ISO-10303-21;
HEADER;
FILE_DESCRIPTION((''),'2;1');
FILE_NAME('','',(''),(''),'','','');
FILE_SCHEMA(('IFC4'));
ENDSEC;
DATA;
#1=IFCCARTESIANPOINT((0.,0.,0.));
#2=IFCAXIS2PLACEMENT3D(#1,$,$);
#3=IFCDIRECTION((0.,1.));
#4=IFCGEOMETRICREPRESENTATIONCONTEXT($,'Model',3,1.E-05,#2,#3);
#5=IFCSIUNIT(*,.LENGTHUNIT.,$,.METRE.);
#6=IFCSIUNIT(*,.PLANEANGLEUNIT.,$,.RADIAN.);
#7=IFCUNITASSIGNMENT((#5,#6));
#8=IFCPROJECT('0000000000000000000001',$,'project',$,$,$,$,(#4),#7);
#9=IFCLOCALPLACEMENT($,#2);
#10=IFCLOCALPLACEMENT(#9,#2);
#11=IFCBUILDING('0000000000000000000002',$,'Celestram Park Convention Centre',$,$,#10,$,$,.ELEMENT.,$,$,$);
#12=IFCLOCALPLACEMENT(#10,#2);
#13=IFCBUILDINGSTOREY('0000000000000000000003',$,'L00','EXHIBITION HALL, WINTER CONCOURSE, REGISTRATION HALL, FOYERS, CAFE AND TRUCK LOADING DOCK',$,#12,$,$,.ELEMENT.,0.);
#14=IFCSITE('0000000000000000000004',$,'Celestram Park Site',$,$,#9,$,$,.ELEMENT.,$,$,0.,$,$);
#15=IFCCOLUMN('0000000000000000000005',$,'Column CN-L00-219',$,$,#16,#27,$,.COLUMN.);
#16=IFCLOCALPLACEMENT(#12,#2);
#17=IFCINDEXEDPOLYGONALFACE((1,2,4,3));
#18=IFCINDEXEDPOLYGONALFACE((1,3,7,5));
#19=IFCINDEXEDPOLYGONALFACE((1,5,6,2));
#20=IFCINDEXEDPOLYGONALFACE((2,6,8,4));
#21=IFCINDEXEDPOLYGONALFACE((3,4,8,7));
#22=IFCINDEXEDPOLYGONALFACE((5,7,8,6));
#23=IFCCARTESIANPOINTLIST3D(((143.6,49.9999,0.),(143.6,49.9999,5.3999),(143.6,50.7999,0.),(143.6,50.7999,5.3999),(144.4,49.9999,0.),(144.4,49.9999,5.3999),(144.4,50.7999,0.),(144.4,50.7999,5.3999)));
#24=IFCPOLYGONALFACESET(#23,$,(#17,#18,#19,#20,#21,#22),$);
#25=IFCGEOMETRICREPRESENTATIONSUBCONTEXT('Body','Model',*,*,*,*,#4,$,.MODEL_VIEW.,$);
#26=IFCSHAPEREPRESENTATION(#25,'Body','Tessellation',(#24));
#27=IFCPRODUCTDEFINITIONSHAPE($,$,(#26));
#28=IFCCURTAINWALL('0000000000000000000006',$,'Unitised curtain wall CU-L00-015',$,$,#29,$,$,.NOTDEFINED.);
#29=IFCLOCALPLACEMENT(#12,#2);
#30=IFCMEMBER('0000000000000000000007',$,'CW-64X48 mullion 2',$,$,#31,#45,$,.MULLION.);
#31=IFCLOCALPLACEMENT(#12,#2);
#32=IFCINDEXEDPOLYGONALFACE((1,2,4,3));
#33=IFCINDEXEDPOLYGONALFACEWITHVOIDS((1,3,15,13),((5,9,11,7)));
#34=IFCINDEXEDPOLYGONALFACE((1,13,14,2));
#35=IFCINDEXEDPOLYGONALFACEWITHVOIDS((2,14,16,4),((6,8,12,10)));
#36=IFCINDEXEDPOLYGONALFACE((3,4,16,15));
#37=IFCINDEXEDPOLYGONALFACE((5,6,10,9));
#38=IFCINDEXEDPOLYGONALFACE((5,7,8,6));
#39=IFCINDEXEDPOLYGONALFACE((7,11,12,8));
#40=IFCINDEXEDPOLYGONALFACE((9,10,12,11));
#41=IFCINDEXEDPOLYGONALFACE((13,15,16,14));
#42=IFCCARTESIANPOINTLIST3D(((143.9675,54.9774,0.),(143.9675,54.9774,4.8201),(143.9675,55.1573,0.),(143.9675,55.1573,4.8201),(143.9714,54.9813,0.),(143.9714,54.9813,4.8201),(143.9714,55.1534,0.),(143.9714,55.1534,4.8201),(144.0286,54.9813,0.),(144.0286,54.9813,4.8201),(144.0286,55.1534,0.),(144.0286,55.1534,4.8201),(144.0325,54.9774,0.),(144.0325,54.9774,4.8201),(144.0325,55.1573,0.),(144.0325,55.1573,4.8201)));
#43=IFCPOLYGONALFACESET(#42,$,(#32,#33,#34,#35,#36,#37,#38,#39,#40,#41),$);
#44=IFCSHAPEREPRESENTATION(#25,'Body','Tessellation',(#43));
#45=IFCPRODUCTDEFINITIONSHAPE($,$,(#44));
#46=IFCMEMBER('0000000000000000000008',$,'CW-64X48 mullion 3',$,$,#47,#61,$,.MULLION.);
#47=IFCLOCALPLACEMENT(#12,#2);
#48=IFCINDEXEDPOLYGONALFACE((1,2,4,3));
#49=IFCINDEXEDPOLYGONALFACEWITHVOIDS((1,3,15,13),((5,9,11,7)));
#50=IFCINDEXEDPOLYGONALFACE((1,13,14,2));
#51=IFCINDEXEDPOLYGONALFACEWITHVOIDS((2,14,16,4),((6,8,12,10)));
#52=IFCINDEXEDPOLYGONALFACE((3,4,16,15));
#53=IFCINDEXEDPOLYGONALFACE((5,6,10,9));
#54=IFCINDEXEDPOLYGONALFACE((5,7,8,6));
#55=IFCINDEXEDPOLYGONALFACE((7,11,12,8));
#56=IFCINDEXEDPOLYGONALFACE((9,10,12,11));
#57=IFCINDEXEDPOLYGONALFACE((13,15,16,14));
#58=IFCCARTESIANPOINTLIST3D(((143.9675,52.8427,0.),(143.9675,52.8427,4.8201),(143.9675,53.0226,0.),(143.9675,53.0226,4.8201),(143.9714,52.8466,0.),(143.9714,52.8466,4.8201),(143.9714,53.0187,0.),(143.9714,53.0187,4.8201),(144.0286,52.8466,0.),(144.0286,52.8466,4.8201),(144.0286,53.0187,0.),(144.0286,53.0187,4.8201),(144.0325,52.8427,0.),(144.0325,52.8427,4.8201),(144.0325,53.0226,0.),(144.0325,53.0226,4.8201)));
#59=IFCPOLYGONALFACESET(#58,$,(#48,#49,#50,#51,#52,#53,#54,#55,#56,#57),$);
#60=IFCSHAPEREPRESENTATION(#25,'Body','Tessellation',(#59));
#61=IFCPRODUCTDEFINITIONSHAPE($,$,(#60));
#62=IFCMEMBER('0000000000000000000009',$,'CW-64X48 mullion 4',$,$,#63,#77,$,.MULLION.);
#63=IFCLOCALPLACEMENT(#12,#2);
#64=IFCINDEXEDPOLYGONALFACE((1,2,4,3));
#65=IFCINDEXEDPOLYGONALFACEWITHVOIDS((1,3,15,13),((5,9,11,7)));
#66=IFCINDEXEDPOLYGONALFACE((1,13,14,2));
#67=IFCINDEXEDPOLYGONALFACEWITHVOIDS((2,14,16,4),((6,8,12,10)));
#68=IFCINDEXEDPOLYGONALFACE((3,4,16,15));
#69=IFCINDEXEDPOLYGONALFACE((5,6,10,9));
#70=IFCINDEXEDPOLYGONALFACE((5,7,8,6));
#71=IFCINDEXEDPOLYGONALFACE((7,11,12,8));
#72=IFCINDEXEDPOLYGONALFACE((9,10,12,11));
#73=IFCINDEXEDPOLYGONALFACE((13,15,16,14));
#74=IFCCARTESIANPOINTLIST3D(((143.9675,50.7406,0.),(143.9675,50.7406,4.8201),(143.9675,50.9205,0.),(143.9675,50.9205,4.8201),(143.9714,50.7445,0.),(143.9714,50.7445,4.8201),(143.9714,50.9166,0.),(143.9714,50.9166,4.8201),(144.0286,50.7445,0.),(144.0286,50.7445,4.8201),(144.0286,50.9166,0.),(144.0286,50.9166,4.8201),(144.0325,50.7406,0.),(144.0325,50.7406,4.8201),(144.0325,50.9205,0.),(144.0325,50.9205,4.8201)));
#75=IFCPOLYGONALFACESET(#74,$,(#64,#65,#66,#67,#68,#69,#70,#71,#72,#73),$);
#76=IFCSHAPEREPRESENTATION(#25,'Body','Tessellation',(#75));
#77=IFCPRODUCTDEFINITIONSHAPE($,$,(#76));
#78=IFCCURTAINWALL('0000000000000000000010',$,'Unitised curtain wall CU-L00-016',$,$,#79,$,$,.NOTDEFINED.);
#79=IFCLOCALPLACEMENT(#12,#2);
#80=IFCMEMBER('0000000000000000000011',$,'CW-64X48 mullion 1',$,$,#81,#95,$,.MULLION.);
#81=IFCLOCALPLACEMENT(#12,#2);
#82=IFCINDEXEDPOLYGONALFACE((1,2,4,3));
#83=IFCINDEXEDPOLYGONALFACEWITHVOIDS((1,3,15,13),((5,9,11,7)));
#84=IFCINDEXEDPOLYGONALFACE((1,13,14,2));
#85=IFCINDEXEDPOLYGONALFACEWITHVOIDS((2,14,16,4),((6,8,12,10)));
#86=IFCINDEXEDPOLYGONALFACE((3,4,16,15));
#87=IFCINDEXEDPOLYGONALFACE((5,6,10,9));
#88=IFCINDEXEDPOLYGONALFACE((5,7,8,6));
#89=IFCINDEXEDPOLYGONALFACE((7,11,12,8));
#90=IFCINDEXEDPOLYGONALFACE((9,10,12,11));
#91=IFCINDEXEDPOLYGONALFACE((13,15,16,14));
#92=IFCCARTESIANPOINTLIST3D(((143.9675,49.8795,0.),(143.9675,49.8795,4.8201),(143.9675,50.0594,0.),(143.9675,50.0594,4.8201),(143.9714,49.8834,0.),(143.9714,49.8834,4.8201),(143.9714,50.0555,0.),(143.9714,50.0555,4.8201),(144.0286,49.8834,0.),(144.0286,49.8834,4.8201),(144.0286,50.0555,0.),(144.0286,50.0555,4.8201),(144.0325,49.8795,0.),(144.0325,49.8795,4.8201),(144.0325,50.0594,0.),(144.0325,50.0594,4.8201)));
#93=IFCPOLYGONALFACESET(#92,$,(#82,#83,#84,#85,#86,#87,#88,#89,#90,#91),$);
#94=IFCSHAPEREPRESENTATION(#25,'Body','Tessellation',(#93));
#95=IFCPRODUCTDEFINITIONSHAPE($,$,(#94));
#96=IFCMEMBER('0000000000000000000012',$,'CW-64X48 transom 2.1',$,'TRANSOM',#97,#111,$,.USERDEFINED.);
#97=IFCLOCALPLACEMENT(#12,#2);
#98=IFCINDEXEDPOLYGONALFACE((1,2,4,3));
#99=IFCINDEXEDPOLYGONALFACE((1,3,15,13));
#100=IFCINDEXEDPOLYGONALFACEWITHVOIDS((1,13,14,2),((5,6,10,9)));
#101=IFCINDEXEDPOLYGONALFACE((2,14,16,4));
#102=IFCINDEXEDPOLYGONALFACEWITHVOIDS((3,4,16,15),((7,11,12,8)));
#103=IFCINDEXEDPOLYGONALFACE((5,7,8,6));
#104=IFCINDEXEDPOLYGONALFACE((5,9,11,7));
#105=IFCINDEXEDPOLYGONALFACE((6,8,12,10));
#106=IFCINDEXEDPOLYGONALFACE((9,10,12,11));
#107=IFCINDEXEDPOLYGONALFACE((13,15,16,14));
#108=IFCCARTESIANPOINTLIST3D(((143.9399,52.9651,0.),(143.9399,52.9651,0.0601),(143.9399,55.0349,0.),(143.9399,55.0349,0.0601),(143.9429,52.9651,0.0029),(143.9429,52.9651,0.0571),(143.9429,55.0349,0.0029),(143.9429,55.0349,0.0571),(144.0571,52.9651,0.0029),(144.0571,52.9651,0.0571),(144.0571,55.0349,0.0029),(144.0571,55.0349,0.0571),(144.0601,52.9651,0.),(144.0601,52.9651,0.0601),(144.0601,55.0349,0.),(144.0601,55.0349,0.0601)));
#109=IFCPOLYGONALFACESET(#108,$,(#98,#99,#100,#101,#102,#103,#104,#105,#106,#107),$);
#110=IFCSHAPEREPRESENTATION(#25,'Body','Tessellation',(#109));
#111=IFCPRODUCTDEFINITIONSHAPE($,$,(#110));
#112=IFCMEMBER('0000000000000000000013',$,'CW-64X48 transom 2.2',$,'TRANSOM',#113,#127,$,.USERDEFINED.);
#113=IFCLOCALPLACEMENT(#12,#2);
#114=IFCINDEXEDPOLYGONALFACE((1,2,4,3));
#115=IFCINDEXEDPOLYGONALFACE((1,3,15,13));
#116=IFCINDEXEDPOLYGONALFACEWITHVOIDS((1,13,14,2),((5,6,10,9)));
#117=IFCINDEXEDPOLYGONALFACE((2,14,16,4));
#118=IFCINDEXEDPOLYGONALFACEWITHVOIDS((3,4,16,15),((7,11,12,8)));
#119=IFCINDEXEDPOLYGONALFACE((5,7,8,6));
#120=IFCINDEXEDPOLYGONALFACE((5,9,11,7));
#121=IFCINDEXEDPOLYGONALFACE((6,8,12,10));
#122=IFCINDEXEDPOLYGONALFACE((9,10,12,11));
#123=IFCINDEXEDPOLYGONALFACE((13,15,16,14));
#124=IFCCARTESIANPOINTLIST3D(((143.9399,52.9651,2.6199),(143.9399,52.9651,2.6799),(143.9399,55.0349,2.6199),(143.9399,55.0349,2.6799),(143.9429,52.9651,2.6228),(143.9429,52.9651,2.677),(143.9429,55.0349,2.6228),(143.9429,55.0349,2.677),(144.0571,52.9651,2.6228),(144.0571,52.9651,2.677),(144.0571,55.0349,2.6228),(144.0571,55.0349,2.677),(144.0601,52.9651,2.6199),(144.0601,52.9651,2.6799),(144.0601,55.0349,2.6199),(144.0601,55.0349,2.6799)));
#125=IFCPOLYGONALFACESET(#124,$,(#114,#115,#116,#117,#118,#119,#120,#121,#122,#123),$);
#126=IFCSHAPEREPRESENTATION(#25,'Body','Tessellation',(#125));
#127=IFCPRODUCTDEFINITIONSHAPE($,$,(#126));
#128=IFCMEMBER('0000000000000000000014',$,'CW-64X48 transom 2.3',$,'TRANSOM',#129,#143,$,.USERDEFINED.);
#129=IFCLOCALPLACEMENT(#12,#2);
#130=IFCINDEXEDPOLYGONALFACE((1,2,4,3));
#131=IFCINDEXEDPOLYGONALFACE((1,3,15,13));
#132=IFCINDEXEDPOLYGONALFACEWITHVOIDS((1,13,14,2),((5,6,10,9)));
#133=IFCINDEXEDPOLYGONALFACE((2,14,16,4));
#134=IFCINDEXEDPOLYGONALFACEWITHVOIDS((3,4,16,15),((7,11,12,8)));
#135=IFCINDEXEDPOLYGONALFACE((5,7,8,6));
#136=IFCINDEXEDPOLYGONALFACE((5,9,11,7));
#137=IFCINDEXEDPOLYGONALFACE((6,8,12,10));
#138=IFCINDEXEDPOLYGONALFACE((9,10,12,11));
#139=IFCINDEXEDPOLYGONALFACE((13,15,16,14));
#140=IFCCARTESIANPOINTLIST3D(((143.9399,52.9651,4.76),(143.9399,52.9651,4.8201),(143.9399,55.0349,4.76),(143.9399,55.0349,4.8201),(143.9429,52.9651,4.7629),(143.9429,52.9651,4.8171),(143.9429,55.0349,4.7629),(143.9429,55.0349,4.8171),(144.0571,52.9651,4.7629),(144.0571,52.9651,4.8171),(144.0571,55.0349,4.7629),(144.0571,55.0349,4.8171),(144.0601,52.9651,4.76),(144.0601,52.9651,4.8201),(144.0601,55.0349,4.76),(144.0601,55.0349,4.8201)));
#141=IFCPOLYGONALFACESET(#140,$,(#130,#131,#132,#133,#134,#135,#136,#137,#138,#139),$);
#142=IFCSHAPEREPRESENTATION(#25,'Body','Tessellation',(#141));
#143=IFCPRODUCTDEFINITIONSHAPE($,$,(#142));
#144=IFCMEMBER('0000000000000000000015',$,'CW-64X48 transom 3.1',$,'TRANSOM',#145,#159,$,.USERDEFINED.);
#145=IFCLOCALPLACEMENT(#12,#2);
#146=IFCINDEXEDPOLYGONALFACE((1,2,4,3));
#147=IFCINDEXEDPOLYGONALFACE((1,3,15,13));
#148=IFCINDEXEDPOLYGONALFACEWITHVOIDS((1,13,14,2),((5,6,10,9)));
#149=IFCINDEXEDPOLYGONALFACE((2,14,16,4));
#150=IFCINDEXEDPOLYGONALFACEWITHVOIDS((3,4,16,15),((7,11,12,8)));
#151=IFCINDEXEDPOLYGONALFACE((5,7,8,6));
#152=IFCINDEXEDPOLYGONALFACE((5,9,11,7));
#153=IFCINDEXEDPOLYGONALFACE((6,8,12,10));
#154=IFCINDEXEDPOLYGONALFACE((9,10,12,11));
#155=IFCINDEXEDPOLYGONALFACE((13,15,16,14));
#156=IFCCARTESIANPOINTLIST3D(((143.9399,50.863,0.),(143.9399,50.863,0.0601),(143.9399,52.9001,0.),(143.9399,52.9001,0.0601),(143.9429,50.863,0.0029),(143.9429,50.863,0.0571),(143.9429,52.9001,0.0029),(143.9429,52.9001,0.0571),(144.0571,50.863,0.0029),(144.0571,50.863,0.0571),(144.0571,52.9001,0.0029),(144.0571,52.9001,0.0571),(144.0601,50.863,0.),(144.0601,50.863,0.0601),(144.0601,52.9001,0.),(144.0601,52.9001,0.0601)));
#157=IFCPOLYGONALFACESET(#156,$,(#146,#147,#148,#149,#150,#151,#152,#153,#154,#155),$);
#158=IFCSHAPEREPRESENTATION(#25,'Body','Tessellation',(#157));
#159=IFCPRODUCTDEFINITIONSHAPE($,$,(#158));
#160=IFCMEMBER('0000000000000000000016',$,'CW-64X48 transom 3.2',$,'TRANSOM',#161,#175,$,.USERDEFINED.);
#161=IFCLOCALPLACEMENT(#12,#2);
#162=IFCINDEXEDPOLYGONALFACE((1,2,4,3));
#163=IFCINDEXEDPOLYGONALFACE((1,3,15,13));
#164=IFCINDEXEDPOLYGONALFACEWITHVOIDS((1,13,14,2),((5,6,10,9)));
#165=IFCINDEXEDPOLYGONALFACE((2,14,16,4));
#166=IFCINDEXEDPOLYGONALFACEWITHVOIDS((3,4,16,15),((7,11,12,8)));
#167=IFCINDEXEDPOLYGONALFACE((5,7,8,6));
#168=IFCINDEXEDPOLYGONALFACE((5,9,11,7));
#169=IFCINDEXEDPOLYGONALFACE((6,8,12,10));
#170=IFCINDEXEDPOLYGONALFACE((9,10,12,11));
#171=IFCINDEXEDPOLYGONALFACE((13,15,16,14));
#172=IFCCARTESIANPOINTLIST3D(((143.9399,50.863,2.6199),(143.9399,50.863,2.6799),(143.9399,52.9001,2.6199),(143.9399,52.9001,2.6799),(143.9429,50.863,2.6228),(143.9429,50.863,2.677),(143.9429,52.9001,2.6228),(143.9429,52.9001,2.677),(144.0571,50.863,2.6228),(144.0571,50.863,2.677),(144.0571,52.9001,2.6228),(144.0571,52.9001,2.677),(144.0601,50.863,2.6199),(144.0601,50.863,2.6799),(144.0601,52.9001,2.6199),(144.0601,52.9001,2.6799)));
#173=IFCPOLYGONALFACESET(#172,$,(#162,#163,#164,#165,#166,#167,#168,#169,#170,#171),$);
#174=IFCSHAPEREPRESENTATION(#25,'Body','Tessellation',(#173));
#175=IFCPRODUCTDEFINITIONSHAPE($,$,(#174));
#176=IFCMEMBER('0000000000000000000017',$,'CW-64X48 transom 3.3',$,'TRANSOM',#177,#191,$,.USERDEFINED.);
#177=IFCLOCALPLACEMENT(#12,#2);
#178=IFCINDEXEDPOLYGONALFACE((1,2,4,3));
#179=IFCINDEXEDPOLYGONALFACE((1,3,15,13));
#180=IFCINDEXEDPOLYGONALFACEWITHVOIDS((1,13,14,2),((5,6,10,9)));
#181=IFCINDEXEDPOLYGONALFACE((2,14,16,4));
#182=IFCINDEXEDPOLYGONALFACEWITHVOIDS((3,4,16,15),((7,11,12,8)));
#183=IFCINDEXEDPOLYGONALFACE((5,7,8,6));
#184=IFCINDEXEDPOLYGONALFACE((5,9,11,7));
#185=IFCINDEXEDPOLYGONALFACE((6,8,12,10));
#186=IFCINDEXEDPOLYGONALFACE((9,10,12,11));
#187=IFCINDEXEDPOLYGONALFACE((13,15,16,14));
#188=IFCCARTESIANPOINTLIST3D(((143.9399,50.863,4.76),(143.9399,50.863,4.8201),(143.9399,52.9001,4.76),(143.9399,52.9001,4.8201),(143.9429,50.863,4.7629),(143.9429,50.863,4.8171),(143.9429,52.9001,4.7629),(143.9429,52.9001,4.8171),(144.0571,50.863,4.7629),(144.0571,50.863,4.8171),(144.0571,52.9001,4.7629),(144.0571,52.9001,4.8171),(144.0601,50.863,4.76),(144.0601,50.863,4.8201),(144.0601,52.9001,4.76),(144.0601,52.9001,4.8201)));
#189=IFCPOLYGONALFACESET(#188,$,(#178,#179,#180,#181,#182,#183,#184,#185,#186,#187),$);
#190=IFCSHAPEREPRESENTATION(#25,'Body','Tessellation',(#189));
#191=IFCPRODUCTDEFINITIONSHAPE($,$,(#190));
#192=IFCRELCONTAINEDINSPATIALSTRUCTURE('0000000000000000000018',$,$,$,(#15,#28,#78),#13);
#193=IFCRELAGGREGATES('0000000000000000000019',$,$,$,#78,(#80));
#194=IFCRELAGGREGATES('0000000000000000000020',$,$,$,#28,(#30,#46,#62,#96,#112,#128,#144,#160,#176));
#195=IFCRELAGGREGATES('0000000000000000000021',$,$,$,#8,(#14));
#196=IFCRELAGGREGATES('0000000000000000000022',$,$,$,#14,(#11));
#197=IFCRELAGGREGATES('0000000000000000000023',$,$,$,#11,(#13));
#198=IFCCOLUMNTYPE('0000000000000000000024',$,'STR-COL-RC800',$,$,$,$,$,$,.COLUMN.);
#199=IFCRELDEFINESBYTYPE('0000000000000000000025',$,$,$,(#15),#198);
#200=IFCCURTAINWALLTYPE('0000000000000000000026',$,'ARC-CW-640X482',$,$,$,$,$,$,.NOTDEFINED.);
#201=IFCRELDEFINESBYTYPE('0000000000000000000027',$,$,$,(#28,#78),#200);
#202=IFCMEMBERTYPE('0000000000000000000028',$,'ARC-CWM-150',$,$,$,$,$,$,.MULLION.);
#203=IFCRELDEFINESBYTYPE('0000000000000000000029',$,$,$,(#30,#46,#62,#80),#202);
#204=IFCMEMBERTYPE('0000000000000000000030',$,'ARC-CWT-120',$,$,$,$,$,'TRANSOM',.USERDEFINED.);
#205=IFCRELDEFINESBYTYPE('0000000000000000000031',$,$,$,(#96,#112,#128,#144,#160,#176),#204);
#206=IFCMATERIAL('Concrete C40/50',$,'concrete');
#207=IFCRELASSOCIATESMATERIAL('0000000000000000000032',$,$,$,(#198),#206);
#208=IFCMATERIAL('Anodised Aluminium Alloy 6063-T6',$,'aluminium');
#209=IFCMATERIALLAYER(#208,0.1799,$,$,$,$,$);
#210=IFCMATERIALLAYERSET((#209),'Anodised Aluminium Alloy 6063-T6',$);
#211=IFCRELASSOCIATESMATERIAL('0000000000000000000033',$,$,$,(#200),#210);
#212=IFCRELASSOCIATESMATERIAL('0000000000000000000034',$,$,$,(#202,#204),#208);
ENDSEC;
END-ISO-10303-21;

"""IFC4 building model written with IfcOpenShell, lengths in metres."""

from ifc_helpers import new_model, si_unit, direction, frame, origin, origin_2d, place, context, subcontext, project, spatial, rectangle, hollow_rectangle, extrude, material, layer, layer_set, material_profile, profile_set, type_object, element, aggregate, save


model = new_model("IFC4")

# Units and contexts
model_context = context("Model", 3, precision=1e-05, world=origin(), true_north=direction((0.0, 1.0)))
body_context = subcontext(model_context, "Body", "Model", "MODEL_VIEW")
ifc_project = project(units=[si_unit("LENGTHUNIT", "METRE"), si_unit("PLANEANGLEUNIT", "RADIAN")], contexts=[model_context])

# Site, building, storey
site_placement = place(None, origin())
site = spatial("IfcSite", under=ifc_project, at=site_placement, Name="Celestram Park Site", CompositionType="ELEMENT", RefElevation=0.0)
building_placement = place(site_placement, origin())
building = spatial("IfcBuilding", under=site, at=building_placement, Name="Celestram Park Convention Centre", CompositionType="ELEMENT")
storey_placement = place(building_placement, origin())
storey = spatial("IfcBuildingStorey", under=building, at=storey_placement, Name="L00", Description="EXHIBITION HALL, WINTER CONCOURSE, REGISTRATION HALL, FOYERS, CAFE AND TRUCK LOADING DOCK", CompositionType="ELEMENT", Elevation=0.0)

# Column
ifc_material_1 = material(Name="Concrete C40/50", Category="concrete")
ifc_material_profile_1 = material_profile(ifc_material_1, rectangle(XDim=0.8, YDim=0.8, at=origin_2d()), Name="RC800X800")
ifc_profile_set_1 = profile_set([ifc_material_profile_1], Name="Concrete C40/50")
column_type = type_object("IfcColumnType", Name="STR-COL-RC800", PredefinedType="COLUMN", material=ifc_profile_set_1)
column_placement = place(storey_placement, frame((144.0, 50.3999, 0.0), z_axis=(0.0, 0.0, 1.0), x_axis=(1.0, 0.0, 0.0)))
element("IfcColumn", 1, at=column_placement, inside=storey, type_object=column_type, Name="Column CN-L00-219", PredefinedType="COLUMN", context=body_context, shape_type="SweptSolid", body=[
    extrude(rectangle(XDim=0.8, YDim=0.8, at=origin_2d()), origin(), (0.0, 0.0, 1.0), 5.3999),
])

# Curtain wall, members
ifc_material_2 = material(Name="Anodised Aluminium Alloy 6063-T6", Category="aluminium")
ifc_layer_1 = layer(ifc_material_2, 0.1799)
ifc_layer_set_1 = layer_set([ifc_layer_1], Name="Anodised Aluminium Alloy 6063-T6")
curtain_wall_type = type_object("IfcCurtainWallType", Name="ARC-CW-640X482", PredefinedType="NOTDEFINED", material=ifc_layer_set_1)
curtain_wall_1_placement = place(storey_placement, origin())
curtain_wall_1 = element("IfcCurtainWall", 2, at=curtain_wall_1_placement, inside=storey, type_object=curtain_wall_type, Name="Unitised curtain wall CU-L00-015", PredefinedType="NOTDEFINED")
ifc_material_profile_2 = material_profile(ifc_material_2, hollow_rectangle(XDim=0.0649, YDim=0.1799, WallThickness=0.0039, at=origin_2d()), Name="ALU65X180X4")
ifc_profile_set_2 = profile_set([ifc_material_profile_2], Name="Anodised Aluminium Alloy 6063-T6")
member_type_1 = type_object("IfcMemberType", Name="ARC-CWM-150", PredefinedType="MULLION", material=ifc_profile_set_2)
member_1_placement = place(storey_placement, frame((144.0, 55.0674, 0.0), z_axis=(0.0, 0.0, 1.0), x_axis=(1.0, 0.0, 0.0)))
member_1 = element("IfcMember", 3, at=member_1_placement, type_object=member_type_1, Name="CW-64X48 mullion 2", PredefinedType="MULLION", context=body_context, shape_type="SweptSolid", body=[
    extrude(hollow_rectangle(XDim=0.0649, YDim=0.1799, WallThickness=0.0039, at=origin_2d()), origin(), (0.0, 0.0, 1.0), 4.8201),
])
member_2_placement = place(storey_placement, frame((144.0, 52.9326, 0.0), z_axis=(0.0, 0.0, 1.0), x_axis=(1.0, 0.0, 0.0)))
member_2 = element("IfcMember", 4, at=member_2_placement, type_object=member_type_1, Name="CW-64X48 mullion 3", PredefinedType="MULLION", context=body_context, shape_type="SweptSolid", body=[
    extrude(hollow_rectangle(XDim=0.0649, YDim=0.1799, WallThickness=0.0039, at=origin_2d()), origin(), (0.0, 0.0, 1.0), 4.8201),
])
member_3_placement = place(storey_placement, frame((144.0, 50.8306, 0.0), z_axis=(0.0, 0.0, 1.0), x_axis=(1.0, 0.0, 0.0)))
member_3 = element("IfcMember", 5, at=member_3_placement, type_object=member_type_1, Name="CW-64X48 mullion 4", PredefinedType="MULLION", context=body_context, shape_type="SweptSolid", body=[
    extrude(hollow_rectangle(XDim=0.0649, YDim=0.1799, WallThickness=0.0039, at=origin_2d()), origin(), (0.0, 0.0, 1.0), 4.8201),
])

# Curtain wall, member
curtain_wall_2_placement = place(storey_placement, origin())
curtain_wall_2 = element("IfcCurtainWall", 6, at=curtain_wall_2_placement, inside=storey, type_object=curtain_wall_type, Name="Unitised curtain wall CU-L00-016", PredefinedType="NOTDEFINED")
member_4_placement = place(storey_placement, frame((144.0, 49.9695, 0.0), z_axis=(0.0, 0.0, 1.0), x_axis=(1.0, 0.0, 0.0)))
member_4 = element("IfcMember", 7, at=member_4_placement, type_object=member_type_1, Name="CW-64X48 mullion 1", PredefinedType="MULLION", context=body_context, shape_type="SweptSolid", body=[
    extrude(hollow_rectangle(XDim=0.0649, YDim=0.1799, WallThickness=0.0039, at=origin_2d()), origin(), (0.0, 0.0, 1.0), 4.8201),
])

# Members
ifc_material_profile_3 = material_profile(ifc_material_2, hollow_rectangle(XDim=0.1201, YDim=0.0601, WallThickness=0.0029, at=origin_2d()), Name="ALU120X60X3")
ifc_profile_set_3 = profile_set([ifc_material_profile_3], Name="Anodised Aluminium Alloy 6063-T6")
member_type_2 = type_object("IfcMemberType", Name="ARC-CWT-120", ElementType="TRANSOM", PredefinedType="USERDEFINED", material=ifc_profile_set_3)
member_5_placement = place(storey_placement, frame((144.0, 55.0349, 0.03), z_axis=(0.0, -1.0, 0.0), x_axis=(1.0, 0.0, 0.0)))
member_5 = element("IfcMember", 8, at=member_5_placement, type_object=member_type_2, Name="CW-64X48 transom 2.1", ObjectType="TRANSOM", PredefinedType="USERDEFINED", context=body_context, shape_type="SweptSolid", body=[
    extrude(hollow_rectangle(XDim=0.1201, YDim=0.0601, WallThickness=0.0029, at=origin_2d()), origin(), (0.0, 0.0, 1.0), 2.0698),
])
member_6_placement = place(storey_placement, frame((144.0, 55.0349, 2.6499), z_axis=(0.0, -1.0, 0.0), x_axis=(1.0, 0.0, 0.0)))
member_6 = element("IfcMember", 9, at=member_6_placement, type_object=member_type_2, Name="CW-64X48 transom 2.2", ObjectType="TRANSOM", PredefinedType="USERDEFINED", context=body_context, shape_type="SweptSolid", body=[
    extrude(hollow_rectangle(XDim=0.1201, YDim=0.0601, WallThickness=0.0029, at=origin_2d()), origin(), (0.0, 0.0, 1.0), 2.0698),
])
member_7_placement = place(storey_placement, frame((144.0, 55.0349, 4.79), z_axis=(0.0, -1.0, 0.0), x_axis=(1.0, 0.0, 0.0)))
member_7 = element("IfcMember", 10, at=member_7_placement, type_object=member_type_2, Name="CW-64X48 transom 2.3", ObjectType="TRANSOM", PredefinedType="USERDEFINED", context=body_context, shape_type="SweptSolid", body=[
    extrude(hollow_rectangle(XDim=0.1201, YDim=0.0601, WallThickness=0.0029, at=origin_2d()), origin(), (0.0, 0.0, 1.0), 2.0698),
])
member_8_placement = place(storey_placement, frame((144.0, 52.9001, 0.03), z_axis=(0.0, -1.0, 0.0), x_axis=(1.0, 0.0, 0.0)))
member_8 = element("IfcMember", 11, at=member_8_placement, type_object=member_type_2, Name="CW-64X48 transom 3.1", ObjectType="TRANSOM", PredefinedType="USERDEFINED", context=body_context, shape_type="SweptSolid", body=[
    extrude(hollow_rectangle(XDim=0.1201, YDim=0.0601, WallThickness=0.0029, at=origin_2d()), origin(), (0.0, 0.0, 1.0), 2.0371),
])
member_9_placement = place(storey_placement, frame((144.0, 52.9001, 2.6499), z_axis=(0.0, -1.0, 0.0), x_axis=(1.0, 0.0, 0.0)))
member_9 = element("IfcMember", 12, at=member_9_placement, type_object=member_type_2, Name="CW-64X48 transom 3.2", ObjectType="TRANSOM", PredefinedType="USERDEFINED", context=body_context, shape_type="SweptSolid", body=[
    extrude(hollow_rectangle(XDim=0.1201, YDim=0.0601, WallThickness=0.0029, at=origin_2d()), origin(), (0.0, 0.0, 1.0), 2.0371),
])
member_10_placement = place(storey_placement, frame((144.0, 52.9001, 4.79), z_axis=(0.0, -1.0, 0.0), x_axis=(1.0, 0.0, 0.0)))
member_10 = element("IfcMember", 13, at=member_10_placement, type_object=member_type_2, Name="CW-64X48 transom 3.3", ObjectType="TRANSOM", PredefinedType="USERDEFINED", context=body_context, shape_type="SweptSolid", body=[
    extrude(hollow_rectangle(XDim=0.1201, YDim=0.0601, WallThickness=0.0029, at=origin_2d()), origin(), (0.0, 0.0, 1.0), 2.0371),
])
aggregate(curtain_wall_2, [member_4])

aggregate(curtain_wall_1, [member_1, member_2, member_3, member_5, member_6, member_7, member_8, member_9, member_10])

save(model, "model.ifc")
